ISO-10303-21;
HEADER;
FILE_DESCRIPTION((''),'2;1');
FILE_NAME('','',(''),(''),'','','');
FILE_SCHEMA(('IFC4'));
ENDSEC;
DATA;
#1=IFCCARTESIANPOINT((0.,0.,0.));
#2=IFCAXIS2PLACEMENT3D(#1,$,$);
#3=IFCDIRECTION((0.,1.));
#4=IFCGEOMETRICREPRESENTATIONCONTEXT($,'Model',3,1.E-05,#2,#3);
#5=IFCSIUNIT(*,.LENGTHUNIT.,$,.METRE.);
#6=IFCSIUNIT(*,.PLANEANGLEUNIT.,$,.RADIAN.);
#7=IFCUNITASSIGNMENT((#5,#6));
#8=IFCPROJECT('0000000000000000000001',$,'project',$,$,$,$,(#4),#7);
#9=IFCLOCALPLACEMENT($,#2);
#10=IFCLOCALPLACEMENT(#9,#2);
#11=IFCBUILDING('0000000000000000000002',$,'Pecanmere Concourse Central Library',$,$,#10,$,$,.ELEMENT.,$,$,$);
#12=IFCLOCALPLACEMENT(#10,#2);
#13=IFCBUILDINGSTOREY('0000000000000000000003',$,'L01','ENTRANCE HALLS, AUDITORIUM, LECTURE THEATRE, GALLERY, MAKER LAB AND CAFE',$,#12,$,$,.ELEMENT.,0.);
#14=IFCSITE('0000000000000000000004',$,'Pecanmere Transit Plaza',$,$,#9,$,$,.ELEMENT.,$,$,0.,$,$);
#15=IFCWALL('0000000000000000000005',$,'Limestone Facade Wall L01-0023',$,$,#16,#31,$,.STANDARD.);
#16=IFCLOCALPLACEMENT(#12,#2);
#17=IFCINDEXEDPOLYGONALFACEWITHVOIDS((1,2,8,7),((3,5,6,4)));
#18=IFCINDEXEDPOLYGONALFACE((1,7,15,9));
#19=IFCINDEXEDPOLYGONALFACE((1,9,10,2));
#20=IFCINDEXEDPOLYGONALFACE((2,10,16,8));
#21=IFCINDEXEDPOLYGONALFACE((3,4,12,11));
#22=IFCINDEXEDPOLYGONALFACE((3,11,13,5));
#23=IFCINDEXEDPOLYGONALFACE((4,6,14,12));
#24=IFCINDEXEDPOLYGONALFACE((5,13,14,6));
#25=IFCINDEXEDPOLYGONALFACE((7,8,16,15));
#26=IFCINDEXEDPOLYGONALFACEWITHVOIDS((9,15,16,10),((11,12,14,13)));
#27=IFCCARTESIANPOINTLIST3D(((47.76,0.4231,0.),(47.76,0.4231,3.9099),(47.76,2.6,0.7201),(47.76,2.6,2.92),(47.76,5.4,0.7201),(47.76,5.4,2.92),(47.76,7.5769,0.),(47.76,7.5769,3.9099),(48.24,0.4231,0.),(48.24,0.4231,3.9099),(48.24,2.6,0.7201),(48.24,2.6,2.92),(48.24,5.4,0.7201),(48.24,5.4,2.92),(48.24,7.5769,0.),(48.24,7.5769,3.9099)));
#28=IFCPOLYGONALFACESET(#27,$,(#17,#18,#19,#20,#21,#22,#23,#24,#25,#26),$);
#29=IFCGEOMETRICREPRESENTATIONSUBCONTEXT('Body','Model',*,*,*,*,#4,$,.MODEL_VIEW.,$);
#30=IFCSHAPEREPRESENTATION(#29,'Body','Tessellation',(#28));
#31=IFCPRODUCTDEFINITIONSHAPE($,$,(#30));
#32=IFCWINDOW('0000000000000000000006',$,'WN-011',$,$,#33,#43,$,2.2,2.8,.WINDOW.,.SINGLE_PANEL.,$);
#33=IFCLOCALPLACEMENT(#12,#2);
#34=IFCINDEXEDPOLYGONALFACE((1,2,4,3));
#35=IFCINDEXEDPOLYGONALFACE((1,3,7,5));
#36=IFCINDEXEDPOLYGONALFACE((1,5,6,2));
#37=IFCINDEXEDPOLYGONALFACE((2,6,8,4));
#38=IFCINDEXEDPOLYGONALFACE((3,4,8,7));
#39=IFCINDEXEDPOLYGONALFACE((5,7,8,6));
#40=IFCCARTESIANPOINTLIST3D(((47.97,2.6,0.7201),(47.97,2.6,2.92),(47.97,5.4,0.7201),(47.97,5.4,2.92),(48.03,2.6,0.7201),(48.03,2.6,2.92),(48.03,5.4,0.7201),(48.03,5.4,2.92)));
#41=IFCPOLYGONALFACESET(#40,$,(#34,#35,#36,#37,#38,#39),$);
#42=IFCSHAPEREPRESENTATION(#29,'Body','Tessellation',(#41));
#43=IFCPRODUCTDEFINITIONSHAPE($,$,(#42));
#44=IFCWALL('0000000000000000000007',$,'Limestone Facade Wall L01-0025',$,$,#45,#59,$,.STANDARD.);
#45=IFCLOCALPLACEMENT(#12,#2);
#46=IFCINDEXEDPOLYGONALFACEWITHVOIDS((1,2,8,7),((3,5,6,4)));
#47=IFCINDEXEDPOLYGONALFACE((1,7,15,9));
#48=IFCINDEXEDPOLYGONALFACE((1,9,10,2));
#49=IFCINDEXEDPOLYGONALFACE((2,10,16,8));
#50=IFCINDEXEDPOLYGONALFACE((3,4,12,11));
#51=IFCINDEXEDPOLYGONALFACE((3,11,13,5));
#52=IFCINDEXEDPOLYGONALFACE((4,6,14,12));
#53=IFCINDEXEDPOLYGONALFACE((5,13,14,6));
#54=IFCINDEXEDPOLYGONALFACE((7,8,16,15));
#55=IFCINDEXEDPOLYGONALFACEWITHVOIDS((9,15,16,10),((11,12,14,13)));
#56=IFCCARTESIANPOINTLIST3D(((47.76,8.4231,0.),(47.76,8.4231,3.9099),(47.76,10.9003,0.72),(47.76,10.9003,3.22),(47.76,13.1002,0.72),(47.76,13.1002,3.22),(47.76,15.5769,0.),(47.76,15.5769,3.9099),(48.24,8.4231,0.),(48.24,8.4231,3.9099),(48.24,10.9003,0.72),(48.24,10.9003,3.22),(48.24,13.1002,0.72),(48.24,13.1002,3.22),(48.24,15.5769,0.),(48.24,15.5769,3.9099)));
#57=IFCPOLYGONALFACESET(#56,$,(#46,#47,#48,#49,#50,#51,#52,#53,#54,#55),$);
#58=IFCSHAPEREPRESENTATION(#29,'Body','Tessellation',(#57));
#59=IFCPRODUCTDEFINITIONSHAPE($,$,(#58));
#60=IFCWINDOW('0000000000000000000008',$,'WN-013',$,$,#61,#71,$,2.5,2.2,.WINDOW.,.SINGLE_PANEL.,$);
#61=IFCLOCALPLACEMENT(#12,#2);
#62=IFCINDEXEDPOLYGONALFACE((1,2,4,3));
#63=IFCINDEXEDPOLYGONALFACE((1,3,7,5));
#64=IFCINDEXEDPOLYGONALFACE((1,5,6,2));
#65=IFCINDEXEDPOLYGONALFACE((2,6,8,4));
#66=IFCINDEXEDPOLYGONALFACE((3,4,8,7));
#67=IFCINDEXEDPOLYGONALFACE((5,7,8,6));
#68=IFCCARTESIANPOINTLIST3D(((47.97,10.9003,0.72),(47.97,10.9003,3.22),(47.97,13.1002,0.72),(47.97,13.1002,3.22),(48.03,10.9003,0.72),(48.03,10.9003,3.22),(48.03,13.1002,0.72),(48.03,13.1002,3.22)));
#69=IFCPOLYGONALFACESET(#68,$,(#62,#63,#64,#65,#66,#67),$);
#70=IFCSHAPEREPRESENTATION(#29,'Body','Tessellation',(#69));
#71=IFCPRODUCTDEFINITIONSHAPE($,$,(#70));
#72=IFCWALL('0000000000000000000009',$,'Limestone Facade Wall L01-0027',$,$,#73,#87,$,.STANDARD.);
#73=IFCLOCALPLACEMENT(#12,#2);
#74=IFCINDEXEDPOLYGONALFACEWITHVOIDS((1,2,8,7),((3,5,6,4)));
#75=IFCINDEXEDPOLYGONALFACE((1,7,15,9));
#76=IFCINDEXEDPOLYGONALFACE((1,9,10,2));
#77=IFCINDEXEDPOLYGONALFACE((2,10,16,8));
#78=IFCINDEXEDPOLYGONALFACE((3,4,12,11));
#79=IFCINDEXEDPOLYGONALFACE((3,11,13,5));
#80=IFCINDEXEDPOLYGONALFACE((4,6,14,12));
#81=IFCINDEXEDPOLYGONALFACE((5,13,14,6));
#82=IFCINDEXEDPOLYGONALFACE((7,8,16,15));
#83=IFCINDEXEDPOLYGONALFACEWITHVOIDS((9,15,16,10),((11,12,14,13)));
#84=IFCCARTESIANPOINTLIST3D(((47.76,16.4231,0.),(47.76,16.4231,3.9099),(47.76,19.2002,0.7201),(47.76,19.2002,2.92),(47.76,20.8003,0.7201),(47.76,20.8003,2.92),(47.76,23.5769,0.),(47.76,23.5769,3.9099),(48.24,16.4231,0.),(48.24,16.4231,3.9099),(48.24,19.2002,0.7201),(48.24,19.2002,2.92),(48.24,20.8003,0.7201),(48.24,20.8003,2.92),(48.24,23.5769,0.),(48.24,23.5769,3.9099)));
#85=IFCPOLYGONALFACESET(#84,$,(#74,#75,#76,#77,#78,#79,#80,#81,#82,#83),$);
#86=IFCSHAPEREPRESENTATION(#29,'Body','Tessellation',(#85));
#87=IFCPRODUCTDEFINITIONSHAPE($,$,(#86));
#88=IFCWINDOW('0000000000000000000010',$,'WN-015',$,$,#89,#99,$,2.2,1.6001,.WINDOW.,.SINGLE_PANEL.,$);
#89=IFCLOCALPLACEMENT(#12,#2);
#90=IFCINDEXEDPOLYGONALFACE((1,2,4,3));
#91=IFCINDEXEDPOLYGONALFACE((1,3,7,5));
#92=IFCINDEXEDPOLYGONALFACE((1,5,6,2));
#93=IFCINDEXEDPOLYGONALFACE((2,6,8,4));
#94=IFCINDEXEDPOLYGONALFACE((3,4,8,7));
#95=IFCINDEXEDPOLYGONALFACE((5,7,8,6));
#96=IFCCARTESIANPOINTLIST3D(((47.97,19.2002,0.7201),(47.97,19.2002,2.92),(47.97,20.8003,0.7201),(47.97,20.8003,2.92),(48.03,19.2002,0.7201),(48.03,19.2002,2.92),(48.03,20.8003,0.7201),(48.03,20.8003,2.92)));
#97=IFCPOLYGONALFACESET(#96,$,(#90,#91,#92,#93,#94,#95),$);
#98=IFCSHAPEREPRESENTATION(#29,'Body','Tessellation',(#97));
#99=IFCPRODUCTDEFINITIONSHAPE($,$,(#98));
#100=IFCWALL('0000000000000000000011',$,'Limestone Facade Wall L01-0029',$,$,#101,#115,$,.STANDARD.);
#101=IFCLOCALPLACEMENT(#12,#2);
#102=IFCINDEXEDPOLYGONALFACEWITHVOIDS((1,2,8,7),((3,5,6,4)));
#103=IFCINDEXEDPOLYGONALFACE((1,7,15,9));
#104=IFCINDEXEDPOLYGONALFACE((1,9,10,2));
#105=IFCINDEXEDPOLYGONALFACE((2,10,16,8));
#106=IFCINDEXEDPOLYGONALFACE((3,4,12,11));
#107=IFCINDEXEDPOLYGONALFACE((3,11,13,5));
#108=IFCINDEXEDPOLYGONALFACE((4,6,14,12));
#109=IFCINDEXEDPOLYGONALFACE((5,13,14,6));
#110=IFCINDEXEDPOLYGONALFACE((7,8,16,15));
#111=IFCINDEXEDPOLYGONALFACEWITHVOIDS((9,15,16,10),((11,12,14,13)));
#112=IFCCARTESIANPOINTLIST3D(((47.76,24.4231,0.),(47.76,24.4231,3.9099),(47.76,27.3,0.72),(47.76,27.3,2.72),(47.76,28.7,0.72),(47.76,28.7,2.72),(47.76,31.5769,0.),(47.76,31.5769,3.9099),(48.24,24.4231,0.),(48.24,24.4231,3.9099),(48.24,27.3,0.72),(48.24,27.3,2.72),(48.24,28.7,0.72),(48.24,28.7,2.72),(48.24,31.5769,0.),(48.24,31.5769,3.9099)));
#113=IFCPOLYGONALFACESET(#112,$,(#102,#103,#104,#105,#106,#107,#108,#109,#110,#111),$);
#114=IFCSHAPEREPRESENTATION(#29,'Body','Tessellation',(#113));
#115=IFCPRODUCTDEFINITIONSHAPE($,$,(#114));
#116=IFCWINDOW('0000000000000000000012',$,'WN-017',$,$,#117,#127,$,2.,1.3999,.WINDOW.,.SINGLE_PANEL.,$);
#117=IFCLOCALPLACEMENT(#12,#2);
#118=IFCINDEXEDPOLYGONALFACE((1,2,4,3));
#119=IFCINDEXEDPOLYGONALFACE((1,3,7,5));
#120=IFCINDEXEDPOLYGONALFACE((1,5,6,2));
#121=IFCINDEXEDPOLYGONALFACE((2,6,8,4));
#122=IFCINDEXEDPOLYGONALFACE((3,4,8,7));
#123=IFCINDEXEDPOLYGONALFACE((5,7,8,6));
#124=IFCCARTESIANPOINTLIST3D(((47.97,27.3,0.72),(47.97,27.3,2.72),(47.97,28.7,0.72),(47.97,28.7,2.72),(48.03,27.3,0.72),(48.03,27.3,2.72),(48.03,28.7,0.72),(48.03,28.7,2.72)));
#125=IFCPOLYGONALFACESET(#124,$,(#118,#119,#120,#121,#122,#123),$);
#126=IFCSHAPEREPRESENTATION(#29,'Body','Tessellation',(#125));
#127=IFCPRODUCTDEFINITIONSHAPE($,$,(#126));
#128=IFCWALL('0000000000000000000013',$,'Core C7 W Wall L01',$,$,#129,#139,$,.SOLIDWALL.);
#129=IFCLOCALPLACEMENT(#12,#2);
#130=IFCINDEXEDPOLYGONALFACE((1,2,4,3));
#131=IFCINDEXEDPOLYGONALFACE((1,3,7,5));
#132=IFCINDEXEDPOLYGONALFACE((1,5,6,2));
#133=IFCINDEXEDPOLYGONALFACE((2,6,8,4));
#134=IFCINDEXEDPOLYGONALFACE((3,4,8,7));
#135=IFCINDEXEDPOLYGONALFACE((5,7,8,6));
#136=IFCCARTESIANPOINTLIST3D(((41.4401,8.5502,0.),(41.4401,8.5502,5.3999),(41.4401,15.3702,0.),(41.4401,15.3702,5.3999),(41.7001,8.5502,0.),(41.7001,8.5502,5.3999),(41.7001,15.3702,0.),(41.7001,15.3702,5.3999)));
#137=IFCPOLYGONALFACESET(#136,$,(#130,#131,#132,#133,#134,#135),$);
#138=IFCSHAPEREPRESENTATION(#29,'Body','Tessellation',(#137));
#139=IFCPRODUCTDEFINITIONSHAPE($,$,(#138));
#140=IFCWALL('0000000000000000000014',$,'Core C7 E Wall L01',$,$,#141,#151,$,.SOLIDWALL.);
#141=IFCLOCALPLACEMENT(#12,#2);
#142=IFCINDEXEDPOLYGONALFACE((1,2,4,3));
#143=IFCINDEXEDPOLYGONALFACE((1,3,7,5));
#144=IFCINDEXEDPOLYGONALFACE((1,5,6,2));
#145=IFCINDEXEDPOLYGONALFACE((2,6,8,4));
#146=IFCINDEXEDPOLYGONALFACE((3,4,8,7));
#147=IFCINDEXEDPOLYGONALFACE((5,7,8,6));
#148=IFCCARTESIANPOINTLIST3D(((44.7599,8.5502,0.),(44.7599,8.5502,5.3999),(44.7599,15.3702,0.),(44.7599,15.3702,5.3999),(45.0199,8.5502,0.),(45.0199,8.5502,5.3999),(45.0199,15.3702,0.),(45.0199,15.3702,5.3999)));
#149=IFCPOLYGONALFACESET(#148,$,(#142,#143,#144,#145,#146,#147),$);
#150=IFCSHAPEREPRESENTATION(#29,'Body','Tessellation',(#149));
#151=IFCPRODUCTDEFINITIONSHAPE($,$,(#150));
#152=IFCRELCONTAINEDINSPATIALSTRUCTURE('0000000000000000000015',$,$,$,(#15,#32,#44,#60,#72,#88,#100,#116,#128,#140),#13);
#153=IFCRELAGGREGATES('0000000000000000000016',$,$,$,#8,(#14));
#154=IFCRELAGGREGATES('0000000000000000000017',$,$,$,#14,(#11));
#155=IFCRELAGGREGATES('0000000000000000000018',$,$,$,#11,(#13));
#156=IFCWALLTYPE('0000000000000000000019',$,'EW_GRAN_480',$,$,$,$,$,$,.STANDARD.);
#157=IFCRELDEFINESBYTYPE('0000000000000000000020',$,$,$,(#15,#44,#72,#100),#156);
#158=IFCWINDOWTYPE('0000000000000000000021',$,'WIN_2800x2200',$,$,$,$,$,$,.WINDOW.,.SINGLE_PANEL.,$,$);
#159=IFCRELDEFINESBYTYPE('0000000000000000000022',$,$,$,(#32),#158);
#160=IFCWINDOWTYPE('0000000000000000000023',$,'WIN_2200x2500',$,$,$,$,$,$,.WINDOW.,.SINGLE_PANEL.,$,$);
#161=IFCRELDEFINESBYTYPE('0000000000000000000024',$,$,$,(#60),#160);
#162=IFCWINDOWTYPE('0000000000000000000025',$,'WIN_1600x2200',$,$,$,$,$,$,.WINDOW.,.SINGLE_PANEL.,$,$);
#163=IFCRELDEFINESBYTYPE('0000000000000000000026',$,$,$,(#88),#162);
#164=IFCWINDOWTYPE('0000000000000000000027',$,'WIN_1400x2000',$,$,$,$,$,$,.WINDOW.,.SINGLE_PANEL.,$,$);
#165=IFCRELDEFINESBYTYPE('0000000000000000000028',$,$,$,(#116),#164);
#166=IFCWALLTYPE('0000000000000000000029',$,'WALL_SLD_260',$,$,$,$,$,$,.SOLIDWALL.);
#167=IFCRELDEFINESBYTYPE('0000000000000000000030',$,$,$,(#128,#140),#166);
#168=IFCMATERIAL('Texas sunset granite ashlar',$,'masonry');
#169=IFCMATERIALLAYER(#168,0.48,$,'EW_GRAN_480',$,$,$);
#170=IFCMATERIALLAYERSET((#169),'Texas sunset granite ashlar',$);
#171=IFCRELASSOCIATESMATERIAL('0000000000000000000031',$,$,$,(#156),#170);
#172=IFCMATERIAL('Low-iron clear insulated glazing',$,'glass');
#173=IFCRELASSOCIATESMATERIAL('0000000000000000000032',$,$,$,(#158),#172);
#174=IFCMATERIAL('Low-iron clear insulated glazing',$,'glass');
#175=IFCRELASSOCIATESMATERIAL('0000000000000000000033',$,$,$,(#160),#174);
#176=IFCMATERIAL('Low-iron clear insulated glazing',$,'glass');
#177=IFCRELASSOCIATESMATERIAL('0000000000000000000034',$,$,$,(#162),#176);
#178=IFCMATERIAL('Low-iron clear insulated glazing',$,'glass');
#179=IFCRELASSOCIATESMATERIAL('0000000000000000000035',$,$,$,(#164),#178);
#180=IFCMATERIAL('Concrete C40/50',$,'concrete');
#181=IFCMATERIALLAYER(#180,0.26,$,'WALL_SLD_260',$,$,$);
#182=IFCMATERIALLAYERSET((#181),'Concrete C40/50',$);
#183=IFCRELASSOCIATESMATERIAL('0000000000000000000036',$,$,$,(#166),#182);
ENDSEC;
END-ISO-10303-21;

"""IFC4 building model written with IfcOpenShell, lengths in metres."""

from ifc_helpers import new_model, si_unit, direction, frame, frame_2d, origin, place, context, subcontext, project, spatial, rectangle, extrude, material, layer, layer_set, type_object, element, fill, save


model = new_model("IFC4")

# Units and contexts
model_context = context("Model", 3, precision=1e-05, world=origin(), true_north=direction((0.0, 1.0)))
body_context = subcontext(model_context, "Body", "Model", "MODEL_VIEW")
ifc_project = project(units=[si_unit("LENGTHUNIT", "METRE"), si_unit("PLANEANGLEUNIT", "RADIAN")], contexts=[model_context])

# Site, building, storey
site_placement = place(None, origin())
site = spatial("IfcSite", under=ifc_project, at=site_placement, Name="Pecanmere Transit Plaza", CompositionType="ELEMENT", RefElevation=0.0)
building_placement = place(site_placement, origin())
building = spatial("IfcBuilding", under=site, at=building_placement, Name="Pecanmere Concourse Central Library", CompositionType="ELEMENT")
storey_placement = place(building_placement, origin())
storey = spatial("IfcBuildingStorey", under=building, at=storey_placement, Name="L01", Description="ENTRANCE HALLS, AUDITORIUM, LECTURE THEATRE, GALLERY, MAKER LAB AND CAFE", CompositionType="ELEMENT", Elevation=0.0)

# Walls, openings, windows
ifc_material_1 = material(Name="Texas sunset granite ashlar", Category="masonry")
ifc_layer_1 = layer(ifc_material_1, 0.48, Name="EW_GRAN_480")
ifc_layer_set_1 = layer_set([ifc_layer_1], Name="Texas sunset granite ashlar")
wall_type_1 = type_object("IfcWallType", Name="EW_GRAN_480", PredefinedType="STANDARD", material=ifc_layer_set_1)
wall_1_placement = place(storey_placement, frame((48.0, 0.4231, 0.0), z_axis=(0.0, 0.0, 1.0), x_axis=(0.0, 1.0, 0.0)))
wall_1 = element("IfcWall", 1, at=wall_1_placement, inside=storey, type_object=wall_type_1, Name="Limestone Facade Wall L01-0023", PredefinedType="STANDARD", context=body_context, shape_type="SweptSolid", body=[
    extrude(rectangle(XDim=7.1538, YDim=0.48, at=frame_2d((3.5769, 0.0))), origin(), (0.0, 0.0, 1.0), 3.9099),
])
opening_1_placement = place(wall_1_placement, frame((2.177, 0.0, 0.72)))
opening_1 = element("IfcOpeningElement", 2, at=opening_1_placement, cuts=wall_1, PredefinedType="OPENING", context=body_context, shape_type="SweptSolid", body=[
    extrude(rectangle(XDim=2.8, YDim=2.2, at=frame_2d((1.3999, 1.1001))), frame((0.0, 0.252, 0.0), z_axis=(0.0, -1.0, 0.0), x_axis=(1.0, 0.0, 0.0)), (0.0, 0.0, 1.0), 0.5039),
])
ifc_material_2 = material(Name="Low-iron clear insulated glazing", Category="glass")
window_type_1 = type_object("IfcWindowType", Name="WIN_2800x2200", PartitioningType="SINGLE_PANEL", PredefinedType="WINDOW", material=ifc_material_2)
window_1_placement = place(opening_1_placement, origin())
window_1 = element("IfcWindow", 3, at=window_1_placement, inside=storey, type_object=window_type_1, Name="WN-011", OverallHeight=2.2, OverallWidth=2.8, PartitioningType="SINGLE_PANEL", PredefinedType="WINDOW", context=body_context, shape_type="SweptSolid", body=[
    extrude(rectangle(XDim=2.8, YDim=2.2, at=frame_2d((1.3999, 1.1001))), frame((0.0, 0.03, 0.0), z_axis=(0.0, -1.0, 0.0), x_axis=(1.0, 0.0, 0.0)), (0.0, 0.0, 1.0), 0.0601),
])
fill(opening_1, window_1)
wall_2_placement = place(storey_placement, frame((48.0, 8.4231, 0.0), z_axis=(0.0, 0.0, 1.0), x_axis=(0.0, 1.0, 0.0)))
wall_2 = element("IfcWall", 4, at=wall_2_placement, inside=storey, type_object=wall_type_1, Name="Limestone Facade Wall L01-0025", PredefinedType="STANDARD", context=body_context, shape_type="SweptSolid", body=[
    extrude(rectangle(XDim=7.1538, YDim=0.48, at=frame_2d((3.5769, 0.0))), origin(), (0.0, 0.0, 1.0), 3.9099),
])
opening_2_placement = place(wall_2_placement, frame((2.4771, 0.0, 0.72)))
opening_2 = element("IfcOpeningElement", 5, at=opening_2_placement, cuts=wall_2, PredefinedType="OPENING", context=body_context, shape_type="SweptSolid", body=[
    extrude(rectangle(XDim=2.2, YDim=2.5, at=frame_2d((1.1001, 1.25))), frame((0.0, 0.252, 0.0), z_axis=(0.0, -1.0, 0.0), x_axis=(1.0, 0.0, 0.0)), (0.0, 0.0, 1.0), 0.5039),
])
ifc_material_3 = material(Name="Low-iron clear insulated glazing", Category="glass")
window_type_2 = type_object("IfcWindowType", Name="WIN_2200x2500", PartitioningType="SINGLE_PANEL", PredefinedType="WINDOW", material=ifc_material_3)
window_2_placement = place(opening_2_placement, origin())
window_2 = element("IfcWindow", 6, at=window_2_placement, inside=storey, type_object=window_type_2, Name="WN-013", OverallHeight=2.5, OverallWidth=2.2, PartitioningType="SINGLE_PANEL", PredefinedType="WINDOW", context=body_context, shape_type="SweptSolid", body=[
    extrude(rectangle(XDim=2.2, YDim=2.5, at=frame_2d((1.1001, 1.25))), frame((0.0, 0.03, 0.0), z_axis=(0.0, -1.0, 0.0), x_axis=(1.0, 0.0, 0.0)), (0.0, 0.0, 1.0), 0.0601),
])
fill(opening_2, window_2)
wall_3_placement = place(storey_placement, frame((48.0, 16.4231, 0.0), z_axis=(0.0, 0.0, 1.0), x_axis=(0.0, 1.0, 0.0)))
wall_3 = element("IfcWall", 7, at=wall_3_placement, inside=storey, type_object=wall_type_1, Name="Limestone Facade Wall L01-0027", PredefinedType="STANDARD", context=body_context, shape_type="SweptSolid", body=[
    extrude(rectangle(XDim=7.1538, YDim=0.48, at=frame_2d((3.5769, 0.0))), origin(), (0.0, 0.0, 1.0), 3.9099),
])
opening_3_placement = place(wall_3_placement, frame((2.7771, 0.0, 0.72)))
opening_3 = element("IfcOpeningElement", 8, at=opening_3_placement, cuts=wall_3, PredefinedType="OPENING", context=body_context, shape_type="SweptSolid", body=[
    extrude(rectangle(XDim=1.6001, YDim=2.2, at=frame_2d((0.8, 1.1001))), frame((0.0, 0.252, 0.0), z_axis=(0.0, -1.0, 0.0), x_axis=(1.0, 0.0, 0.0)), (0.0, 0.0, 1.0), 0.5039),
])
ifc_material_4 = material(Name="Low-iron clear insulated glazing", Category="glass")
window_type_3 = type_object("IfcWindowType", Name="WIN_1600x2200", PartitioningType="SINGLE_PANEL", PredefinedType="WINDOW", material=ifc_material_4)
window_3_placement = place(opening_3_placement, origin())
window_3 = element("IfcWindow", 9, at=window_3_placement, inside=storey, type_object=window_type_3, Name="WN-015", OverallHeight=2.2, OverallWidth=1.6001, PartitioningType="SINGLE_PANEL", PredefinedType="WINDOW", context=body_context, shape_type="SweptSolid", body=[
    extrude(rectangle(XDim=1.6001, YDim=2.2, at=frame_2d((0.8, 1.1001))), frame((0.0, 0.03, 0.0), z_axis=(0.0, -1.0, 0.0), x_axis=(1.0, 0.0, 0.0)), (0.0, 0.0, 1.0), 0.0601),
])
fill(opening_3, window_3)
wall_4_placement = place(storey_placement, frame((48.0, 24.4231, 0.0), z_axis=(0.0, 0.0, 1.0), x_axis=(0.0, 1.0, 0.0)))
wall_4 = element("IfcWall", 10, at=wall_4_placement, inside=storey, type_object=wall_type_1, Name="Limestone Facade Wall L01-0029", PredefinedType="STANDARD", context=body_context, shape_type="SweptSolid", body=[
    extrude(rectangle(XDim=7.1538, YDim=0.48, at=frame_2d((3.5769, 0.0))), origin(), (0.0, 0.0, 1.0), 3.9099),
])
opening_4_placement = place(wall_4_placement, frame((2.877, 0.0, 0.72)))
opening_4 = element("IfcOpeningElement", 11, at=opening_4_placement, cuts=wall_4, PredefinedType="OPENING", context=body_context, shape_type="SweptSolid", body=[
    extrude(rectangle(XDim=1.3999, YDim=2.0, at=frame_2d((0.7, 1.0))), frame((0.0, 0.252, 0.0), z_axis=(0.0, -1.0, 0.0), x_axis=(1.0, 0.0, 0.0)), (0.0, 0.0, 1.0), 0.5039),
])
ifc_material_5 = material(Name="Low-iron clear insulated glazing", Category="glass")
window_type_4 = type_object("IfcWindowType", Name="WIN_1400x2000", PartitioningType="SINGLE_PANEL", PredefinedType="WINDOW", material=ifc_material_5)
window_4_placement = place(opening_4_placement, origin())
window_4 = element("IfcWindow", 12, at=window_4_placement, inside=storey, type_object=window_type_4, Name="WN-017", OverallHeight=2.0, OverallWidth=1.3999, PartitioningType="SINGLE_PANEL", PredefinedType="WINDOW", context=body_context, shape_type="SweptSolid", body=[
    extrude(rectangle(XDim=1.3999, YDim=2.0, at=frame_2d((0.7, 1.0))), frame((0.0, 0.03, 0.0), z_axis=(0.0, -1.0, 0.0), x_axis=(1.0, 0.0, 0.0)), (0.0, 0.0, 1.0), 0.0601),
])
fill(opening_4, window_4)

# Walls
ifc_material_6 = material(Name="Concrete C40/50", Category="concrete")
ifc_layer_2 = layer(ifc_material_6, 0.26, Name="WALL_SLD_260")
ifc_layer_set_2 = layer_set([ifc_layer_2], Name="Concrete C40/50")
wall_type_2 = type_object("IfcWallType", Name="WALL_SLD_260", PredefinedType="SOLIDWALL", material=ifc_layer_set_2)
for number, where, z_axis, x_axis, name in (
    (13, (41.5701, 8.55, 0.0), (0.0, 0.0, 1.0), (0.0, 1.0, 0.0), "Core C7 W Wall L01"),
    (14, (44.8899, 8.55, 0.0), (0.0, 0.0, 1.0), (0.0, 1.0, 0.0), "Core C7 E Wall L01"),
):
    element("IfcWall", number, at=place(storey_placement, frame(where, z_axis=z_axis, x_axis=x_axis)), inside=storey, type_object=wall_type_2, Name=name, PredefinedType="SOLIDWALL", context=body_context, shape_type="SweptSolid", body=[
        extrude(rectangle(XDim=6.8201, YDim=0.26, at=frame_2d((3.4102, 0.0))), origin(), (0.0, 0.0, 1.0), 5.3999),
    ])

save(model, "model.ifc")
